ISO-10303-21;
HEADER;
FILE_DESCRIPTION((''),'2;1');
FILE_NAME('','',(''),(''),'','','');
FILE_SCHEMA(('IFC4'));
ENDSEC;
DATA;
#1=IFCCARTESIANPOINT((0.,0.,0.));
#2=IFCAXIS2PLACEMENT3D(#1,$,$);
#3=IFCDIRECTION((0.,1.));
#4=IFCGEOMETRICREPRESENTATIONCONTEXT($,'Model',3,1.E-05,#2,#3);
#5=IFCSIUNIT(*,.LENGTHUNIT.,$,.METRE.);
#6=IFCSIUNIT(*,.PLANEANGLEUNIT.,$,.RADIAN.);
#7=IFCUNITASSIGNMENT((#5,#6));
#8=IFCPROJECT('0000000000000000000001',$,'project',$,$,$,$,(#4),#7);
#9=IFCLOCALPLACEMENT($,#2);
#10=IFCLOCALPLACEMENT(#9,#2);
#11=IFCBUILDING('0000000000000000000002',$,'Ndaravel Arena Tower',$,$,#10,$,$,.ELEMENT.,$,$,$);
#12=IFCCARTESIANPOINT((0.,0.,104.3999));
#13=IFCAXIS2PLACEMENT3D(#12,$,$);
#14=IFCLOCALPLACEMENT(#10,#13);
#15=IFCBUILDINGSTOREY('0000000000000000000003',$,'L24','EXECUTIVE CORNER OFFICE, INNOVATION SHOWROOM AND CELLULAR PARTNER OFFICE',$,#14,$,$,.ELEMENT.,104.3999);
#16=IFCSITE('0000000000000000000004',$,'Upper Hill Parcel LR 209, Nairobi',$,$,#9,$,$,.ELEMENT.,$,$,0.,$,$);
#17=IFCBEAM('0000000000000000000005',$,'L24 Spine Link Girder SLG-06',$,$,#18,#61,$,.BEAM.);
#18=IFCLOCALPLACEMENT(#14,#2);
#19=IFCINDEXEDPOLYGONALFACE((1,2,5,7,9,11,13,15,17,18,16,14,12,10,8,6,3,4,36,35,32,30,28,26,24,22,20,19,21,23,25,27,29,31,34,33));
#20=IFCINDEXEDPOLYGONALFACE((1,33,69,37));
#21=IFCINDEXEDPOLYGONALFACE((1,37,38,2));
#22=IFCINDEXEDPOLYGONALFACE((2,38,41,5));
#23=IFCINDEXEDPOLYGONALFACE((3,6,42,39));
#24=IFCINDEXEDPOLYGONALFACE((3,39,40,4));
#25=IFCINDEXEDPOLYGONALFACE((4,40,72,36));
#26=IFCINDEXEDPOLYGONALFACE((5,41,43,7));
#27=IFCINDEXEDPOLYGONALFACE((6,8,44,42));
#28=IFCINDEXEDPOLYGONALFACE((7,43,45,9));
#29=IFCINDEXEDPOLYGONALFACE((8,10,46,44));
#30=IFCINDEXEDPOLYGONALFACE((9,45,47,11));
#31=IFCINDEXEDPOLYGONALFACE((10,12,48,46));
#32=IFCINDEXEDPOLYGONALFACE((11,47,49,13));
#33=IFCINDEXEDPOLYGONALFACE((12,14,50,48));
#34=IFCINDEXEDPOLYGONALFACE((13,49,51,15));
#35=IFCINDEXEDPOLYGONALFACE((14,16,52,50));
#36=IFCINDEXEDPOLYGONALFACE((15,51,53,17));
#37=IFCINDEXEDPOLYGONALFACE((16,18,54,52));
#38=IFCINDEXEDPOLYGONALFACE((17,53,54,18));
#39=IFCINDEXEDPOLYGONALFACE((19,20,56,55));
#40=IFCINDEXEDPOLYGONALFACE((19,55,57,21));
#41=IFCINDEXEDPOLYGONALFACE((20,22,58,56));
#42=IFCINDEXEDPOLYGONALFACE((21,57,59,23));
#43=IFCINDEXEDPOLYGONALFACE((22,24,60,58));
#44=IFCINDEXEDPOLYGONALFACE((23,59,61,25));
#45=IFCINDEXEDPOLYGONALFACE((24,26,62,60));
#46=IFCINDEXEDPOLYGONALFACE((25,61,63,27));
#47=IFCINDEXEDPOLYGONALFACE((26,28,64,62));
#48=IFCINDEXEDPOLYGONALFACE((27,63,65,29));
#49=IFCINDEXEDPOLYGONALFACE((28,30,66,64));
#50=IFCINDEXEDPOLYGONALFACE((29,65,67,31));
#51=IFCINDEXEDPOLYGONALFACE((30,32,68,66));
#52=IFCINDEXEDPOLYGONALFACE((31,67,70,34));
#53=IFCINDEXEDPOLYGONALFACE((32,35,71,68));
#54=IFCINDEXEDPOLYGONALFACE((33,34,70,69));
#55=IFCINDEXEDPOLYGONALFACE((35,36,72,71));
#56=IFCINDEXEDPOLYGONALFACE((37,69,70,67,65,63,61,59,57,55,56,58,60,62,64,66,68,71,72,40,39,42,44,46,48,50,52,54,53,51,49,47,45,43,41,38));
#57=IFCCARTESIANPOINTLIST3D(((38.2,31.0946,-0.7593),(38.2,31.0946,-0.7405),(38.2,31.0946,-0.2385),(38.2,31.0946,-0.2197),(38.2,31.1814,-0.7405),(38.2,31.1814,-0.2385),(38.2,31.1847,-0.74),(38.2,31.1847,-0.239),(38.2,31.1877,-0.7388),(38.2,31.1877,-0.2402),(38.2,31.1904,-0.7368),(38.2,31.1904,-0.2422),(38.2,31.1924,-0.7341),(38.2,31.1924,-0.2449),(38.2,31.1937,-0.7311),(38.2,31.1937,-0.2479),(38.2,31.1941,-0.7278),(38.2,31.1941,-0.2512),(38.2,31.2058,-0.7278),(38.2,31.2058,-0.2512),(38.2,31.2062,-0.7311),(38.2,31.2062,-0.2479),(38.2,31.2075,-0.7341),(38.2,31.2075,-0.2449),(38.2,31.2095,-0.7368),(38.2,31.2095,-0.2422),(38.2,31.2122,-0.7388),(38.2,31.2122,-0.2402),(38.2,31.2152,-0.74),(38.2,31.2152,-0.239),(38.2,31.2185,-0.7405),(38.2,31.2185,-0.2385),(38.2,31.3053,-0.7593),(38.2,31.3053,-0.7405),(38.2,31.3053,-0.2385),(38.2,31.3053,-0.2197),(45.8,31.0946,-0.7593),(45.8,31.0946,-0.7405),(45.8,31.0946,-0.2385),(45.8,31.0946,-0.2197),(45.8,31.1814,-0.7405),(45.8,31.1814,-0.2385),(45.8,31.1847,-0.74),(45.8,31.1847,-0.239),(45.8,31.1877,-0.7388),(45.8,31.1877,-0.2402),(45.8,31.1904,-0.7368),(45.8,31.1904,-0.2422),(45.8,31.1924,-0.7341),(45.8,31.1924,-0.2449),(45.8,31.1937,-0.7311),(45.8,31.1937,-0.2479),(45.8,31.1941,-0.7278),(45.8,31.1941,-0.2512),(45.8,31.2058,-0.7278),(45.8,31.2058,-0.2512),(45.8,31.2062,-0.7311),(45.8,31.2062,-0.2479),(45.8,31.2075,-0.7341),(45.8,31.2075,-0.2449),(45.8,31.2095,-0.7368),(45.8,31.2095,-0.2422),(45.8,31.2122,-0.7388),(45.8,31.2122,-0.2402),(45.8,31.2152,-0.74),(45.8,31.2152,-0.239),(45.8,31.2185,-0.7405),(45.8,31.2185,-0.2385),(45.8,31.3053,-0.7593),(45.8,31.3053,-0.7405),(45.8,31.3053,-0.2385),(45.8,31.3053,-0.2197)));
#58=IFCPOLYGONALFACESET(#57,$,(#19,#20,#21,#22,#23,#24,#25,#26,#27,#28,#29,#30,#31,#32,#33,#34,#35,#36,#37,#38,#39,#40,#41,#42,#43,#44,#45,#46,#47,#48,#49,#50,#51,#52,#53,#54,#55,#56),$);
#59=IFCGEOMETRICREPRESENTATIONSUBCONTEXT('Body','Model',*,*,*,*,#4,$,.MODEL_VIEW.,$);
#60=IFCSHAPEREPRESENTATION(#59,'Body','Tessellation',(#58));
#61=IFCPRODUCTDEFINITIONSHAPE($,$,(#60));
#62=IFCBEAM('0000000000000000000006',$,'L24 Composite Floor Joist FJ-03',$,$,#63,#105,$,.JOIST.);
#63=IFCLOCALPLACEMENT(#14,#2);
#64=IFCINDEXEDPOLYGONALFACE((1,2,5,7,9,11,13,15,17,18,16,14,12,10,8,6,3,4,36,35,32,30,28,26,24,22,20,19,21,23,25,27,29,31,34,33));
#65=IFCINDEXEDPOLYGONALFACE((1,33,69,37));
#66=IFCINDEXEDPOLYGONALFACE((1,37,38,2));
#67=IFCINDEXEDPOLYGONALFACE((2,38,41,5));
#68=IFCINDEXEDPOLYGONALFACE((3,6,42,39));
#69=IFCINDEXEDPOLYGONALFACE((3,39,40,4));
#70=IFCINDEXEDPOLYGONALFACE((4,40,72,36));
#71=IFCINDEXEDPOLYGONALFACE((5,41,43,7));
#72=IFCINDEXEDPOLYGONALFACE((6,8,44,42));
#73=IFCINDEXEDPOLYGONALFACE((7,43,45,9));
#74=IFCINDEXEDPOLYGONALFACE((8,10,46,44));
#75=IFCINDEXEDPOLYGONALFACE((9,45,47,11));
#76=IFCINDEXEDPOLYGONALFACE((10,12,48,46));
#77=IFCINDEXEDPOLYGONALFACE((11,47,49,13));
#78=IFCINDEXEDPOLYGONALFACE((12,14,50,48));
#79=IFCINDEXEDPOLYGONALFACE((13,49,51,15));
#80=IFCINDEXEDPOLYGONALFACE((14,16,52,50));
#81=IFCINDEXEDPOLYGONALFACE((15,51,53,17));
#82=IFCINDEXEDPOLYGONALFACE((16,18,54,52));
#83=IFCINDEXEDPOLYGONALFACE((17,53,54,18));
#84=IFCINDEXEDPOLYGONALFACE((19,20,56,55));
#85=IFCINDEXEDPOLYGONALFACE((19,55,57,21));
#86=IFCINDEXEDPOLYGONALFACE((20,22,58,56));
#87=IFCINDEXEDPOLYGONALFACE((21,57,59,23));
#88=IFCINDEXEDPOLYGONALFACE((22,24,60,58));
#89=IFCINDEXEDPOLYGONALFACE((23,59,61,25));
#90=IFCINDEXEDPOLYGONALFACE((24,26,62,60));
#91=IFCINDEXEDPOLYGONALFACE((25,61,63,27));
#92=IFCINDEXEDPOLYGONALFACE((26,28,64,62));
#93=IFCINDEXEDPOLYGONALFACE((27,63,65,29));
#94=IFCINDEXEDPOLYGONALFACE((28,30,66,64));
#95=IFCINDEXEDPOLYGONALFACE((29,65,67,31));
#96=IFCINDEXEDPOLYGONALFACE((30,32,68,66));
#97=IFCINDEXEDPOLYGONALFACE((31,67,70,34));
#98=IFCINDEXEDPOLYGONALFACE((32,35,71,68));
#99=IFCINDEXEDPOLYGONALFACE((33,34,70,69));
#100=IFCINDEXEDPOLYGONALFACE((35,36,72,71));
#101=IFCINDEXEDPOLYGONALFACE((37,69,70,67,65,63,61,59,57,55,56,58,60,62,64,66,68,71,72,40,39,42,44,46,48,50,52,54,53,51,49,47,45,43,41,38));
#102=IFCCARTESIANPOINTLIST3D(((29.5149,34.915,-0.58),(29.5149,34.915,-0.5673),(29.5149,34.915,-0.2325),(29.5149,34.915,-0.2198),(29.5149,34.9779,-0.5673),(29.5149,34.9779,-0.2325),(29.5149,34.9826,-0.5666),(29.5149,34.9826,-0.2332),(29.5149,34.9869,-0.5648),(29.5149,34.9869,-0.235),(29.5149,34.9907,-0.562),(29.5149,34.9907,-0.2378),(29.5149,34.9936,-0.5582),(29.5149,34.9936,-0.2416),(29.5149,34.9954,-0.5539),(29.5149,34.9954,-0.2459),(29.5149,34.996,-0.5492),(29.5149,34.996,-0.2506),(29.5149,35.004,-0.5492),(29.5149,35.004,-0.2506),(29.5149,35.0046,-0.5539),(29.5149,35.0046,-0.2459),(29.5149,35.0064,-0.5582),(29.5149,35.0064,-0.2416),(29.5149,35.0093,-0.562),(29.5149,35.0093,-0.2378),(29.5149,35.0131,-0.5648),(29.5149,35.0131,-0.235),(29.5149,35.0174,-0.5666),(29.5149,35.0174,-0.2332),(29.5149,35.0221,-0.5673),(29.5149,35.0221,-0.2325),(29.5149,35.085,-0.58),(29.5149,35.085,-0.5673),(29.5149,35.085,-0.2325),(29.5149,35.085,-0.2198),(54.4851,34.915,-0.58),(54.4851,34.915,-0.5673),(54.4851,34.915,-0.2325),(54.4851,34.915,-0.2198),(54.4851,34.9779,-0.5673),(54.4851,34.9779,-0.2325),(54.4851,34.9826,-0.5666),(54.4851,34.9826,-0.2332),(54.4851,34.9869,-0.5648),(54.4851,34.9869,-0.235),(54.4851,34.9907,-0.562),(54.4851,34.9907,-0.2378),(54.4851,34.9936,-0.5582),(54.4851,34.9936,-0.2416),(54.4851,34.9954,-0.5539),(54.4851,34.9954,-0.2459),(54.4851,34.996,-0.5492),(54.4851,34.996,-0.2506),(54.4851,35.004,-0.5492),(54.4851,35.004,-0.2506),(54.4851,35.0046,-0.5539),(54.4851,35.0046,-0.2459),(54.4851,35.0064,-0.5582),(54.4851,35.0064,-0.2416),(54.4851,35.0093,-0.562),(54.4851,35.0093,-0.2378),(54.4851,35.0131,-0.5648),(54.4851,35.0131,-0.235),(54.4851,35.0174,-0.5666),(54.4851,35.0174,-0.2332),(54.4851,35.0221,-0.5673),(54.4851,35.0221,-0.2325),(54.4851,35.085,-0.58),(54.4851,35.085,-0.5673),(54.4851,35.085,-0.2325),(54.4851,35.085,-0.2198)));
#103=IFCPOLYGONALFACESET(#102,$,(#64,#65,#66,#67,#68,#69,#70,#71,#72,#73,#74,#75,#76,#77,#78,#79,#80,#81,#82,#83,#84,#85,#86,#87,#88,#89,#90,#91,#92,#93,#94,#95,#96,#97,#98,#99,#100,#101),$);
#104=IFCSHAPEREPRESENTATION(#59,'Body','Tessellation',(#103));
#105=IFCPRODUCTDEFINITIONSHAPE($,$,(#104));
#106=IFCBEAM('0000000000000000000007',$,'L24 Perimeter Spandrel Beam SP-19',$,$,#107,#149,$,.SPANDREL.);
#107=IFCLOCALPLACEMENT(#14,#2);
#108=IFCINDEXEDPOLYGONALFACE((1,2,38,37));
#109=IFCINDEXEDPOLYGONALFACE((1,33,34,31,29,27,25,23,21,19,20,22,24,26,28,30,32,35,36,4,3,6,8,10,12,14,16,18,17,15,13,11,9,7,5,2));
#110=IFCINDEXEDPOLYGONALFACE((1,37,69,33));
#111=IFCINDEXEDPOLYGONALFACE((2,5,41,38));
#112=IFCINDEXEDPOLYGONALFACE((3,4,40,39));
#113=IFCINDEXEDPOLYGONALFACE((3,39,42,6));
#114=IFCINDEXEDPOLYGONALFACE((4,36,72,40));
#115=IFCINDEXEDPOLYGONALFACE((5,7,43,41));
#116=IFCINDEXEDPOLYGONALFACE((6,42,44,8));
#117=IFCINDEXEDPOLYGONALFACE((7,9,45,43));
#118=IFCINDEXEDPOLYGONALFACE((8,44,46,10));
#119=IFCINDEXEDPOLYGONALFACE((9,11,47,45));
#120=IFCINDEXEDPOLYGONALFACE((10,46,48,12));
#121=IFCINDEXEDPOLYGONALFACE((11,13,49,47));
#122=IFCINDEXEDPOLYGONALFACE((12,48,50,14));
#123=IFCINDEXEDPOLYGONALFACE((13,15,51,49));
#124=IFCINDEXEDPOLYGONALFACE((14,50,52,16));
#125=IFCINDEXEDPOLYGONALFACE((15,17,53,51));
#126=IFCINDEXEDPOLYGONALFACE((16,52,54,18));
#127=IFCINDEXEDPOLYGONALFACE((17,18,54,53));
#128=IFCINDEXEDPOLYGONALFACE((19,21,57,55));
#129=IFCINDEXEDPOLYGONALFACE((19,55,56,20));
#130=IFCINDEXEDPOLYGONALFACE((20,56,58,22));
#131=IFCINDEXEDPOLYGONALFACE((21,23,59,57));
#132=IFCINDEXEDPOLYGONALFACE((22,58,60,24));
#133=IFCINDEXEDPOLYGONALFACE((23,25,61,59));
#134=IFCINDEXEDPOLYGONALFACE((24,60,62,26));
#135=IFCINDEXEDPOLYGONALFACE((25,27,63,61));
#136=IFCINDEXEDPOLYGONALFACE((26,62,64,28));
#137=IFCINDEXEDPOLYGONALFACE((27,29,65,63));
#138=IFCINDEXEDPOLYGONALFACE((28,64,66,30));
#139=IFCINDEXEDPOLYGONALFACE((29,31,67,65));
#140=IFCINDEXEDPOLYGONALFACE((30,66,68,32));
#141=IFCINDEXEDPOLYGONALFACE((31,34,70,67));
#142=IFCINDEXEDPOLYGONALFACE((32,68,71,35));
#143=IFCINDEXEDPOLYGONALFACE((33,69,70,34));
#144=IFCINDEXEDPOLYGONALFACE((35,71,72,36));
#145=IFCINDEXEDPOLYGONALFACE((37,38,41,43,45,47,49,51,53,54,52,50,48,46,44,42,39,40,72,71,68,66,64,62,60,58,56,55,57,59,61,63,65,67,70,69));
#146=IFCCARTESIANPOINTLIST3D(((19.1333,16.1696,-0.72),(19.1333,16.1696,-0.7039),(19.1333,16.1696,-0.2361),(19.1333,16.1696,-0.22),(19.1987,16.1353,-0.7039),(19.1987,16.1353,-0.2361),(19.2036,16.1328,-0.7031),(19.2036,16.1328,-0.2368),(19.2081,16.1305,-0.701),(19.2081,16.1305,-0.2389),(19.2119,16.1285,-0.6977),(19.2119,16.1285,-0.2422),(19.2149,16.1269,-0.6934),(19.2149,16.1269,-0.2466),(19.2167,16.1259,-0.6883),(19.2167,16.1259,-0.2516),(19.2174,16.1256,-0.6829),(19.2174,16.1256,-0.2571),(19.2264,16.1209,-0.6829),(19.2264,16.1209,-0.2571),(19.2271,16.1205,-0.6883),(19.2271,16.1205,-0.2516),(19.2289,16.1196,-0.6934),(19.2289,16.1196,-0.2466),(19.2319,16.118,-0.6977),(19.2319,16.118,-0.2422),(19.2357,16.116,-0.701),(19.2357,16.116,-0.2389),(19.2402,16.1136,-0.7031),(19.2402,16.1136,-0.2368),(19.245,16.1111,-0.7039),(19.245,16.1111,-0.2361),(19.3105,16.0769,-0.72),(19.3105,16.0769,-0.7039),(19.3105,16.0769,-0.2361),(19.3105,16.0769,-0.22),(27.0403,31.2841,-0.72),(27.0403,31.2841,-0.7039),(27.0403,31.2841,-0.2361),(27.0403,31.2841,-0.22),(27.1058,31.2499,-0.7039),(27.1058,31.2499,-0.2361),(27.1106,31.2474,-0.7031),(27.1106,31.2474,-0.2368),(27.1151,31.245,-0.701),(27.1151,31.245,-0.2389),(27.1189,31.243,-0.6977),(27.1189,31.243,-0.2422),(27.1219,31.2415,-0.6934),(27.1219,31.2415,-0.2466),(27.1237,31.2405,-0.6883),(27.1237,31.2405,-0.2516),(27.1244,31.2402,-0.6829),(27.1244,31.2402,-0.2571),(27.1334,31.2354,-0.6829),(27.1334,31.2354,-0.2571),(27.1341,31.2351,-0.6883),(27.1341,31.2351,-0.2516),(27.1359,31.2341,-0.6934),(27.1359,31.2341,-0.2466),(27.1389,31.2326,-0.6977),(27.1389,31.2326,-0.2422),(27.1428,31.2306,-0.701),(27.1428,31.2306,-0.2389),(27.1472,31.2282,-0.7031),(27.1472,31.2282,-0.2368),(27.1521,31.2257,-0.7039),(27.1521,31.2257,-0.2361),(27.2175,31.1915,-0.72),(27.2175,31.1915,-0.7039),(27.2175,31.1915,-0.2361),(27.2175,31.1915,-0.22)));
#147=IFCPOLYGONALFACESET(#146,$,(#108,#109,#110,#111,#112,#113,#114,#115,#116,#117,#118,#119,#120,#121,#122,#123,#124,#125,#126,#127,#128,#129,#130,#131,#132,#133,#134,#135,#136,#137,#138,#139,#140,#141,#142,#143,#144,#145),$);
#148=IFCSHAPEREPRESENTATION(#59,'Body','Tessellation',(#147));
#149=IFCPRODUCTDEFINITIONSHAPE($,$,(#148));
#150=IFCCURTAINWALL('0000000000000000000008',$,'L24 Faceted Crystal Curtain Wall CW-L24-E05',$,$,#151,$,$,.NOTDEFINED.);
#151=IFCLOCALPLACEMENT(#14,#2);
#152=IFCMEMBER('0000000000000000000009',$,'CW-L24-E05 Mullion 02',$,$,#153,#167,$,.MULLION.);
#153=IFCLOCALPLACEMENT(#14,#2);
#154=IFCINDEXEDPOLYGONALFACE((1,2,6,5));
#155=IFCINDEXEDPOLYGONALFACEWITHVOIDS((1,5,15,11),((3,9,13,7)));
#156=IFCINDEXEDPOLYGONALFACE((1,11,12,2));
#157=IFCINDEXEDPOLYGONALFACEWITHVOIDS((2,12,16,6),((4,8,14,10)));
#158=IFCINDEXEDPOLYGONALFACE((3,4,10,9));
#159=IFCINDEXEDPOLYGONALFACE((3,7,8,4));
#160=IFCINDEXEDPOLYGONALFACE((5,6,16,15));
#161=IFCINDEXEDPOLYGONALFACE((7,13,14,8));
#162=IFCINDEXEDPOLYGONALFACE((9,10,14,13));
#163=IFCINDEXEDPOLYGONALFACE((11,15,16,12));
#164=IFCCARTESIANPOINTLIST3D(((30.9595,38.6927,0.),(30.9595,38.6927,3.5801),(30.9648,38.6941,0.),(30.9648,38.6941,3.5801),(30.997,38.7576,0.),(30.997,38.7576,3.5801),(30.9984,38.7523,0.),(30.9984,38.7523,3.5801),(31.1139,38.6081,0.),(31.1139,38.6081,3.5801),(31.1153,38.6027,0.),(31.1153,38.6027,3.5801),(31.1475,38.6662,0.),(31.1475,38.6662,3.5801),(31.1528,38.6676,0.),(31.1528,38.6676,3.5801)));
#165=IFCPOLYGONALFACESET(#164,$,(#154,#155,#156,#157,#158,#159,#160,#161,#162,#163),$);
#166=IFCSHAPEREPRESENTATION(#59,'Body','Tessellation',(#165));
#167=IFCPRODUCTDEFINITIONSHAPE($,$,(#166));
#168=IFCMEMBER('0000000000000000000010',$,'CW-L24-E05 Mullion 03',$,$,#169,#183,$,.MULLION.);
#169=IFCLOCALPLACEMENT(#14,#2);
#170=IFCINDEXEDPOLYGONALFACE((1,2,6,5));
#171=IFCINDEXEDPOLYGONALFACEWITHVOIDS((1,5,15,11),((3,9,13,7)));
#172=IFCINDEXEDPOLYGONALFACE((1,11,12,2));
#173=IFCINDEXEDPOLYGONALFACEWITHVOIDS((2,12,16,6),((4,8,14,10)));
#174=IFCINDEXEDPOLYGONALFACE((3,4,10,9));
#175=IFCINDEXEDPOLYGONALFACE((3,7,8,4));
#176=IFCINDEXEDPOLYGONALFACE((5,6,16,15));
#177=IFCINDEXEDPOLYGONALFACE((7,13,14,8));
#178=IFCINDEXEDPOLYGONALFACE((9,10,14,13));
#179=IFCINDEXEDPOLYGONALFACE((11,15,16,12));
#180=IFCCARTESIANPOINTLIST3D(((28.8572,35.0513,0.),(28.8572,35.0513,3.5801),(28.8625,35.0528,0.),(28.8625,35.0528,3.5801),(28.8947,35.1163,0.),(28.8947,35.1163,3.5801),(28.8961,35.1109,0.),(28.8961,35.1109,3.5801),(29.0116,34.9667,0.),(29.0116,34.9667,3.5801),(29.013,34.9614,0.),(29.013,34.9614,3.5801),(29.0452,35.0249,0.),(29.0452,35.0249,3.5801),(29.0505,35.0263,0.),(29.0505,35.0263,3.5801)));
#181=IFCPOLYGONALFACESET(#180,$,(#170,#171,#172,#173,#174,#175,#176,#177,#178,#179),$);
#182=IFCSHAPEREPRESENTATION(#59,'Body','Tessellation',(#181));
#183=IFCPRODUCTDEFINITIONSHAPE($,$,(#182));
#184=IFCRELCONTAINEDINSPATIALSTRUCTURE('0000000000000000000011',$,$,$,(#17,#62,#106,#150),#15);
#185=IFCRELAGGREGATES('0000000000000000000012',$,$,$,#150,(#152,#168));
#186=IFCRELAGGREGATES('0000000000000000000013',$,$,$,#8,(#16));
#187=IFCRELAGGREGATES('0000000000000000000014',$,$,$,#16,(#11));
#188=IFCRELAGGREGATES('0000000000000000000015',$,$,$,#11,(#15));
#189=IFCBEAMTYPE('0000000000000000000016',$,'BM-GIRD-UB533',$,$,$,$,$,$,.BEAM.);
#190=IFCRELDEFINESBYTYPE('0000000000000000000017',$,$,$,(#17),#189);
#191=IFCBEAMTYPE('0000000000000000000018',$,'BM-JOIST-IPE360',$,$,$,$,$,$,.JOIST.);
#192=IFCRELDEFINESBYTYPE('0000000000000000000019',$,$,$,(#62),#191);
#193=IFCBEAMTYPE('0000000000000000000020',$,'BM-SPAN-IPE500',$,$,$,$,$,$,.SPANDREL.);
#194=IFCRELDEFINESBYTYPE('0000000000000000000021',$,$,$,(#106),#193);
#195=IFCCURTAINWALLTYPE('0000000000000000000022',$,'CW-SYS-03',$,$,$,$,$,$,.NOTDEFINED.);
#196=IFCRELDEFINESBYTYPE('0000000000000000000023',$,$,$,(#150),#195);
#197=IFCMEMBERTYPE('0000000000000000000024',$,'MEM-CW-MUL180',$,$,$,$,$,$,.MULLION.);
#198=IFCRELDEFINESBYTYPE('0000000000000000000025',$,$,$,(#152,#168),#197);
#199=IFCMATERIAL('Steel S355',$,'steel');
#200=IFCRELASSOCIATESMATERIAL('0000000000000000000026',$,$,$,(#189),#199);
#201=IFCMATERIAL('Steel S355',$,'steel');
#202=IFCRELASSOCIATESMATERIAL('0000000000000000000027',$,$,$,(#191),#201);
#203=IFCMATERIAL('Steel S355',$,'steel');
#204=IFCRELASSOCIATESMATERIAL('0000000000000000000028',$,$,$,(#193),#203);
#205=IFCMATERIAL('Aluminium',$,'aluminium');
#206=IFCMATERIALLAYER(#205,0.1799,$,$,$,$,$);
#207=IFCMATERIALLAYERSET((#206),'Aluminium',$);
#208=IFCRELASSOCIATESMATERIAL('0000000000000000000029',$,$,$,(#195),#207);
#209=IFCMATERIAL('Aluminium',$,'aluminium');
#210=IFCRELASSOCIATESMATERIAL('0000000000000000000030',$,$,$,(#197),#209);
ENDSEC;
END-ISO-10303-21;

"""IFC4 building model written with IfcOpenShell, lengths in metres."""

from ifc_helpers import new_model, si_unit, direction, frame, origin, origin_2d, place, context, subcontext, project, spatial, hollow_rectangle, i_section, extrude, material, layer, layer_set, material_profile, profile_set, type_object, element, aggregate, save


model = new_model("IFC4")

# Units and contexts
model_context = context("Model", 3, precision=1e-05, world=origin(), true_north=direction((0.0, 1.0)))
body_context = subcontext(model_context, "Body", "Model", "MODEL_VIEW")
ifc_project = project(units=[si_unit("LENGTHUNIT", "METRE"), si_unit("PLANEANGLEUNIT", "RADIAN")], contexts=[model_context])

# Site, building, storey
site_placement = place(None, origin())
site = spatial("IfcSite", under=ifc_project, at=site_placement, Name="Upper Hill Parcel LR 209, Nairobi", CompositionType="ELEMENT", RefElevation=0.0)
building_placement = place(site_placement, origin())
building = spatial("IfcBuilding", under=site, at=building_placement, Name="Ndaravel Arena Tower", CompositionType="ELEMENT")
storey_placement = place(building_placement, frame((0.0, 0.0, 104.3999)))
storey = spatial("IfcBuildingStorey", under=building, at=storey_placement, Name="L24", Description="EXECUTIVE CORNER OFFICE, INNOVATION SHOWROOM AND CELLULAR PARTNER OFFICE", CompositionType="ELEMENT", Elevation=104.3999)

# Beams
ifc_material_1 = material(Name="Steel S355", Category="steel")
ifc_material_profile_1 = material_profile(ifc_material_1, i_section(OverallWidth=0.2107, OverallDepth=0.5396, WebThickness=0.0117, FlangeThickness=0.0188, FilletRadius=0.0127, at=origin_2d()), Name="UB 533x210x109")
ifc_profile_set_1 = profile_set([ifc_material_profile_1], Name="Steel S355")
beam_type_1 = type_object("IfcBeamType", Name="BM-GIRD-UB533", PredefinedType="BEAM", material=ifc_profile_set_1)
beam_1_placement = place(storey_placement, frame((38.2, 31.2, -0.4895), z_axis=(1.0, 0.0, 0.0), x_axis=(0.0, 1.0, 0.0)))
element("IfcBeam", 1, at=beam_1_placement, inside=storey, type_object=beam_type_1, Name="L24 Spine Link Girder SLG-06", PredefinedType="BEAM", context=body_context, shape_type="SweptSolid", body=[
    extrude(i_section(OverallWidth=0.2107, OverallDepth=0.5396, WebThickness=0.0117, FlangeThickness=0.0188, FilletRadius=0.0127, at=origin_2d()), origin(), (0.0, 0.0, 1.0), 7.6001),
])
ifc_material_2 = material(Name="Steel S355", Category="steel")
ifc_material_profile_2 = material_profile(ifc_material_2, i_section(OverallWidth=0.1699, OverallDepth=0.3601, WebThickness=0.0081, FlangeThickness=0.0127, FilletRadius=0.0181, at=origin_2d()), Name="IPE 360")
ifc_profile_set_2 = profile_set([ifc_material_profile_2], Name="Steel S355")
beam_type_2 = type_object("IfcBeamType", Name="BM-JOIST-IPE360", PredefinedType="JOIST", material=ifc_profile_set_2)
beam_2_placement = place(storey_placement, frame((29.5149, 35.0, -0.3999), z_axis=(1.0, 0.0, 0.0), x_axis=(0.0, 1.0, 0.0)))
element("IfcBeam", 2, at=beam_2_placement, inside=storey, type_object=beam_type_2, Name="L24 Composite Floor Joist FJ-03", PredefinedType="JOIST", context=body_context, shape_type="SweptSolid", body=[
    extrude(i_section(OverallWidth=0.1699, OverallDepth=0.3601, WebThickness=0.0081, FlangeThickness=0.0127, FilletRadius=0.0181, at=origin_2d()), origin(), (0.0, 0.0, 1.0), 24.9702),
])
ifc_material_3 = material(Name="Steel S355", Category="steel")
ifc_material_profile_3 = material_profile(ifc_material_3, i_section(OverallWidth=0.2, OverallDepth=0.5, WebThickness=0.0103, FlangeThickness=0.0161, FilletRadius=0.021, at=origin_2d()), Name="IPE 500")
ifc_profile_set_3 = profile_set([ifc_material_profile_3], Name="Steel S355")
beam_type_3 = type_object("IfcBeamType", Name="BM-SPAN-IPE500", PredefinedType="SPANDREL", material=ifc_profile_set_3)
beam_3_placement = place(storey_placement, frame((27.1289, 31.2378, -0.47), z_axis=(-0.463541, -0.886076, 0.0), x_axis=(0.886076, -0.463541, 0.0)))
element("IfcBeam", 3, at=beam_3_placement, inside=storey, type_object=beam_type_3, Name="L24 Perimeter Spandrel Beam SP-19", PredefinedType="SPANDREL", context=body_context, shape_type="SweptSolid", body=[
    extrude(i_section(OverallWidth=0.2, OverallDepth=0.5, WebThickness=0.0103, FlangeThickness=0.0161, FilletRadius=0.021, at=origin_2d()), origin(), (0.0, 0.0, 1.0), 17.0579),
])

# Curtain wall, members
ifc_material_4 = material(Name="Aluminium", Category="aluminium")
ifc_layer_1 = layer(ifc_material_4, 0.1799)
ifc_layer_set_1 = layer_set([ifc_layer_1], Name="Aluminium")
curtain_wall_type = type_object("IfcCurtainWallType", Name="CW-SYS-03", PredefinedType="NOTDEFINED", material=ifc_layer_set_1)
curtain_wall_placement = place(storey_placement, origin())
curtain_wall = element("IfcCurtainWall", 4, at=curtain_wall_placement, inside=storey, type_object=curtain_wall_type, Name="L24 Faceted Crystal Curtain Wall CW-L24-E05", PredefinedType="NOTDEFINED")
ifc_material_5 = material(Name="Aluminium", Category="aluminium")
ifc_material_profile_4 = material_profile(ifc_material_5, hollow_rectangle(XDim=0.075, YDim=0.1799, WallThickness=0.0039, at=origin_2d()), Name="CW MULLION 75x180x4")
ifc_profile_set_4 = profile_set([ifc_material_profile_4], Name="Aluminium")
member_type = type_object("IfcMemberType", Name="MEM-CW-MUL180", PredefinedType="MULLION", material=ifc_profile_set_4)
member_1_placement = place(storey_placement, frame((31.0562, 38.6802, 0.0), z_axis=(0.0, 0.0, 1.0), x_axis=(-0.5, -0.866025, 0.0)))
member_1 = element("IfcMember", 5, at=member_1_placement, type_object=member_type, Name="CW-L24-E05 Mullion 02", PredefinedType="MULLION", context=body_context, shape_type="SweptSolid", body=[
    extrude(hollow_rectangle(XDim=0.075, YDim=0.1799, WallThickness=0.0039, at=origin_2d()), origin(), (0.0, 0.0, 1.0), 3.5801),
])
member_2_placement = place(storey_placement, frame((28.9539, 35.0388, 0.0), z_axis=(0.0, 0.0, 1.0), x_axis=(-0.5, -0.866025, 0.0)))
member_2 = element("IfcMember", 6, at=member_2_placement, type_object=member_type, Name="CW-L24-E05 Mullion 03", PredefinedType="MULLION", context=body_context, shape_type="SweptSolid", body=[
    extrude(hollow_rectangle(XDim=0.075, YDim=0.1799, WallThickness=0.0039, at=origin_2d()), origin(), (0.0, 0.0, 1.0), 3.5801),
])
aggregate(curtain_wall, [member_1, member_2])

save(model, "model.ifc")
